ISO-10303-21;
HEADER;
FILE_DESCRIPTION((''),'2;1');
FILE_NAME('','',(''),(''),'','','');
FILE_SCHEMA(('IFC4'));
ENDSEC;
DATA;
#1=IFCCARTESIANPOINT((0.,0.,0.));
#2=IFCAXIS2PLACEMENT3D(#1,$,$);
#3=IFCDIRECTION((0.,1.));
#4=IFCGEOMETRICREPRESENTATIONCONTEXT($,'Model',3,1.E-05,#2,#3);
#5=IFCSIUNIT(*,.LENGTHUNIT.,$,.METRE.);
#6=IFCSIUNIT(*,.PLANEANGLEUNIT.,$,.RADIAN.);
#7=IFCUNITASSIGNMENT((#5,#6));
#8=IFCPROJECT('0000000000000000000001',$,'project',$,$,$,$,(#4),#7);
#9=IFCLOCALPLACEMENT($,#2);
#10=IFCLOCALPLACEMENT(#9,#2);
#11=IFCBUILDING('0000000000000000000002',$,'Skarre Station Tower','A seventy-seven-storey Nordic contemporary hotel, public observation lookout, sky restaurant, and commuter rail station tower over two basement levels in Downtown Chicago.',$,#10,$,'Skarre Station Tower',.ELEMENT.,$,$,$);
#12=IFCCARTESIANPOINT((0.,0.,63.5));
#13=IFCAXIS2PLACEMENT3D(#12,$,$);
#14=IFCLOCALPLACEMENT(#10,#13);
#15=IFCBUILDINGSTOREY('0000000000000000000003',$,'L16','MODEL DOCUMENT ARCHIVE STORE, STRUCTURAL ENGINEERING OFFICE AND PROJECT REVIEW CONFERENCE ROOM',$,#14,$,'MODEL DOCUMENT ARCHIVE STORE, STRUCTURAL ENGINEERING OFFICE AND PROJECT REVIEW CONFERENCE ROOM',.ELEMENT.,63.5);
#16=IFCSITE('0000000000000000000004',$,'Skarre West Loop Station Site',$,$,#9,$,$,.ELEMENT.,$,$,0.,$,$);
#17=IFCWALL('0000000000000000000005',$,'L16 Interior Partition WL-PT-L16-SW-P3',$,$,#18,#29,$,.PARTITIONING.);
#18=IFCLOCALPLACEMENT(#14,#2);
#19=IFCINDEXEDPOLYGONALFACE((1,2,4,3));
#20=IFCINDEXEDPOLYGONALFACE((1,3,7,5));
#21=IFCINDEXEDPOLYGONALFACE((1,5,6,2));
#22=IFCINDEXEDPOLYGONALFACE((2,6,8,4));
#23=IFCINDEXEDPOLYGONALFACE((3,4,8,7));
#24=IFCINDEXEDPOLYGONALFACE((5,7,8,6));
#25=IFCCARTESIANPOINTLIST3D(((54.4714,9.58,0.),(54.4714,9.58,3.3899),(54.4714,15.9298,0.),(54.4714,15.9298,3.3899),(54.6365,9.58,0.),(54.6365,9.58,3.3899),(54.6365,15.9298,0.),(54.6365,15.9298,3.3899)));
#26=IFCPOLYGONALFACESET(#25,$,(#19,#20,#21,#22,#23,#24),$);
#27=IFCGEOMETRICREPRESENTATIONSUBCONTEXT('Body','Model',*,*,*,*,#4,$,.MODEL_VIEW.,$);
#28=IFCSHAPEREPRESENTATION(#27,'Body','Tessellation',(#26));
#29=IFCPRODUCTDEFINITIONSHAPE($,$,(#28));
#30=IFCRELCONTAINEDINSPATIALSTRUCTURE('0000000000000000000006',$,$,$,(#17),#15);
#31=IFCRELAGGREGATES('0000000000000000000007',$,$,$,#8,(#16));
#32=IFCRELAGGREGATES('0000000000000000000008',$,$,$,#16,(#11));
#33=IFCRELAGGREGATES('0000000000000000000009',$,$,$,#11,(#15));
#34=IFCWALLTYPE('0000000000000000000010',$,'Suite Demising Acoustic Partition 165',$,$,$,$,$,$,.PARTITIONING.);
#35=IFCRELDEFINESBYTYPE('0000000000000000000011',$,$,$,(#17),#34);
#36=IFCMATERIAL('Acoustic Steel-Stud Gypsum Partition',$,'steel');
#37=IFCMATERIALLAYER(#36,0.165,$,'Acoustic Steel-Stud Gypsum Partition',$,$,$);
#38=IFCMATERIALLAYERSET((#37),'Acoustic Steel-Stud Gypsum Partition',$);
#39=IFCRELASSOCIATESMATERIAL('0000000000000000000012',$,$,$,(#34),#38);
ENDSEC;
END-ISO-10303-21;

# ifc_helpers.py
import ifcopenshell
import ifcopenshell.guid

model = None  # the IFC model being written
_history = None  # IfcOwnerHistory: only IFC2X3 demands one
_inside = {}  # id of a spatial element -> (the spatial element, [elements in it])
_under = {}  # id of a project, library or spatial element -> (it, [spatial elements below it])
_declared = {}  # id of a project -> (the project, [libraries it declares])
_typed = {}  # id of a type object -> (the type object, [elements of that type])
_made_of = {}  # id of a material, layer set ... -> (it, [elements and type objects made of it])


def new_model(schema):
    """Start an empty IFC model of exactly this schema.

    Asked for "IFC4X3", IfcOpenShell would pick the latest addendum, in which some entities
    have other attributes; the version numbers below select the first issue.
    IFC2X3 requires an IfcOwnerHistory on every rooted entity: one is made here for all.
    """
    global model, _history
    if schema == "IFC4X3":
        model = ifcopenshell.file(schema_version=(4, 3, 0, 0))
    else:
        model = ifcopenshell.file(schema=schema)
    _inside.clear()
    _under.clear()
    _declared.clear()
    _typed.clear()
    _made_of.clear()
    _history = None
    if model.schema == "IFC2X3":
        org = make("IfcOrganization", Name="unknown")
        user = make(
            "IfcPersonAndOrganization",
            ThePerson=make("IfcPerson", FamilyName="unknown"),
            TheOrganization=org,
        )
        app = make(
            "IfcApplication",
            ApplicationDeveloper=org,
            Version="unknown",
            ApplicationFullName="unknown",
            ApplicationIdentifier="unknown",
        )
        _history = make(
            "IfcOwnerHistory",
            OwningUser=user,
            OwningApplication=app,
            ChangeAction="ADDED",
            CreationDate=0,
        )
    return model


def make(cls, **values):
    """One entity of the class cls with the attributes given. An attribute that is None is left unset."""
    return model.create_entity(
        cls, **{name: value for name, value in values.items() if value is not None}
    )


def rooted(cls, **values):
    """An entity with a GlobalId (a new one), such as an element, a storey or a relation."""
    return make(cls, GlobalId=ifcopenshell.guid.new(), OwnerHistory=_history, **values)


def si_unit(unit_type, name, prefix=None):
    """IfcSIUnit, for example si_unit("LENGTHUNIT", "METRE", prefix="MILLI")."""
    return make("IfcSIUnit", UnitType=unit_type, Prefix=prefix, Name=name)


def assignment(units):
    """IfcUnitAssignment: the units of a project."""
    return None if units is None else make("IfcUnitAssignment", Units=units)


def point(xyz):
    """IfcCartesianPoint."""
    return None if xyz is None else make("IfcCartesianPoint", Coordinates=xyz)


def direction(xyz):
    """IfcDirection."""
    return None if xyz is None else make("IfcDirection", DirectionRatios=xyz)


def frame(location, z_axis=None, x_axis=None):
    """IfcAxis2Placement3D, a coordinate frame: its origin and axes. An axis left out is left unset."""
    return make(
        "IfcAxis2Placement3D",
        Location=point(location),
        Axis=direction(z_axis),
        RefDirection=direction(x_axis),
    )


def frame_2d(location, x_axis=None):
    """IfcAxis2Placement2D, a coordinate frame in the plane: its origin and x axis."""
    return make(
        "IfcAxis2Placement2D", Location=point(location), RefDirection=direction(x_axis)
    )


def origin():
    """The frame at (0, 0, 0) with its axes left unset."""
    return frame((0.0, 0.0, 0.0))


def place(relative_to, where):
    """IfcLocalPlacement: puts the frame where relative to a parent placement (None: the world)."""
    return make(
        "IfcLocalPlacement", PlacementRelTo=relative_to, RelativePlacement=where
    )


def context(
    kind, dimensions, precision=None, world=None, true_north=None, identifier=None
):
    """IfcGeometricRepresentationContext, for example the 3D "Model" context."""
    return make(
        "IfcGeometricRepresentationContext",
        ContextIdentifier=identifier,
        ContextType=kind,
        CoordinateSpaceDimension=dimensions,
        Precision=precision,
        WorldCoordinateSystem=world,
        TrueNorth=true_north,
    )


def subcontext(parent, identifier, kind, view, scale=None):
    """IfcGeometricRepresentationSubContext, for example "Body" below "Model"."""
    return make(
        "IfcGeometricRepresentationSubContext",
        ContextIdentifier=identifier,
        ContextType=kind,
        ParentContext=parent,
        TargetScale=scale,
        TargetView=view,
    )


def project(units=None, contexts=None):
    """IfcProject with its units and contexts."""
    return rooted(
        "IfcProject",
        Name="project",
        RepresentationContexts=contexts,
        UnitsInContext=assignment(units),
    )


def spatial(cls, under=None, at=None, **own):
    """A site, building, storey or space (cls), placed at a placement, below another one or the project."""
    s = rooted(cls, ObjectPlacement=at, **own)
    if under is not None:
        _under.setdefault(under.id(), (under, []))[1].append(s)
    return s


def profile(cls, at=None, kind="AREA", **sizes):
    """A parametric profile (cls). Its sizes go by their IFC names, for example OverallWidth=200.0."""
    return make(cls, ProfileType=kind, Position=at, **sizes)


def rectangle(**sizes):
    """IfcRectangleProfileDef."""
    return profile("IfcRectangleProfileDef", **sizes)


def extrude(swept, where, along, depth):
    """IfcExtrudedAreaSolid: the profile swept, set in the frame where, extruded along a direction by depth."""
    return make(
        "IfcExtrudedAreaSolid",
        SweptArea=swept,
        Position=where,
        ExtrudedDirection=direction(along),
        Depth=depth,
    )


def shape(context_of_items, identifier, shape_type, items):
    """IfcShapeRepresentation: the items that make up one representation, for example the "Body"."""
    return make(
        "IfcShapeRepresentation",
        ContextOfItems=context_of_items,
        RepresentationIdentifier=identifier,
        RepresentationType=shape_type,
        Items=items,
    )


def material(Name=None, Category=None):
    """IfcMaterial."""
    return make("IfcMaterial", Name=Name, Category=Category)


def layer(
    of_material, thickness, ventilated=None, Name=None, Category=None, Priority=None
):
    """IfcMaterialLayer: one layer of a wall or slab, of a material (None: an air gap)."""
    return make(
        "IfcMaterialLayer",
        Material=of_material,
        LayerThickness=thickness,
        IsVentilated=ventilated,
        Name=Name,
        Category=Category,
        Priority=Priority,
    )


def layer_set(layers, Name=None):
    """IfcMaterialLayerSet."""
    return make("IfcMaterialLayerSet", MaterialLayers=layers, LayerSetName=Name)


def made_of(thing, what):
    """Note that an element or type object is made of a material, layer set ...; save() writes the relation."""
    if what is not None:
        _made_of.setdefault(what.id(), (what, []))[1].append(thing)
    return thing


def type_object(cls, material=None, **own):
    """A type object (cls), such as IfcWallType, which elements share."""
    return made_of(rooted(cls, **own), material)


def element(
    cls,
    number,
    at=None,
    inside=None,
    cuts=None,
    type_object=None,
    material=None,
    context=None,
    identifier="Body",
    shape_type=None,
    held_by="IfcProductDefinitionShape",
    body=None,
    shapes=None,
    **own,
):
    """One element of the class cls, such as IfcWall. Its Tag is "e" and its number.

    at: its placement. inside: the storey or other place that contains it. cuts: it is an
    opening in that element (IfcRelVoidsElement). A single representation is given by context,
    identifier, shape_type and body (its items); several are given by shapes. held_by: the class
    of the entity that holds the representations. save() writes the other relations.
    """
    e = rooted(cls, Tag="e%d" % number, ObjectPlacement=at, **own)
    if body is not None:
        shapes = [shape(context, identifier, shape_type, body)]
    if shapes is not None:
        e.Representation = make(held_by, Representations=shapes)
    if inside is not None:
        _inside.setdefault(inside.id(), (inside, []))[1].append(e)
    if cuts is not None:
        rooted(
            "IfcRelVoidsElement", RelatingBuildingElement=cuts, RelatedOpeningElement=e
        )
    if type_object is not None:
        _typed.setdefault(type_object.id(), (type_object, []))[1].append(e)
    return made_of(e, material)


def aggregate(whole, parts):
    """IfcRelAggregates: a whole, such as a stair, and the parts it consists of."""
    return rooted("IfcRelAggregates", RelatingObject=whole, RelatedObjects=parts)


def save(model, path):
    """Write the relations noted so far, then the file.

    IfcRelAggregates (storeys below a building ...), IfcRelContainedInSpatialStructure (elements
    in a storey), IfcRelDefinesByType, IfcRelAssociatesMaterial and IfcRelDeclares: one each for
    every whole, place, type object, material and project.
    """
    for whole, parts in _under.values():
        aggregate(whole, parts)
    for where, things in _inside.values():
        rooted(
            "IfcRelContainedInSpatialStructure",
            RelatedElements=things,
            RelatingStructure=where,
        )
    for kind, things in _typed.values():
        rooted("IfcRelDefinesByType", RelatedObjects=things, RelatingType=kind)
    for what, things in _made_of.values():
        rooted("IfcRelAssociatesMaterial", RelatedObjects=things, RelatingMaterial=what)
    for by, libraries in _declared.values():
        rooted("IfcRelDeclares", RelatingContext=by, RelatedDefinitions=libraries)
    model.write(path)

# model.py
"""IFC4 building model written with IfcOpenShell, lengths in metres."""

from ifc_helpers import new_model, si_unit, direction, frame, frame_2d, origin, place, context, subcontext, project, spatial, rectangle, extrude, material, layer, layer_set, type_object, element, save


model = new_model("IFC4")

# Units and contexts
model_context = context("Model", 3, precision=1e-05, world=origin(), true_north=direction((0.0, 1.0)))
body_context = subcontext(model_context, "Body", "Model", "MODEL_VIEW")
ifc_project = project(units=[si_unit("LENGTHUNIT", "METRE"), si_unit("PLANEANGLEUNIT", "RADIAN")], contexts=[model_context])

# Site, building, storey
site_placement = place(None, origin())
site = spatial("IfcSite", under=ifc_project, at=site_placement, Name="Skarre West Loop Station Site", CompositionType="ELEMENT", RefElevation=0.0)
building_placement = place(site_placement, origin())
building = spatial("IfcBuilding", under=site, at=building_placement, Name="Skarre Station Tower", Description="A seventy-seven-storey Nordic contemporary hotel, public observation lookout, sky restaurant, and commuter rail station tower over two basement levels in Downtown Chicago.", LongName="Skarre Station Tower", CompositionType="ELEMENT")
storey_placement = place(building_placement, frame((0.0, 0.0, 63.5)))
storey = spatial("IfcBuildingStorey", under=building, at=storey_placement, Name="L16", Description="MODEL DOCUMENT ARCHIVE STORE, STRUCTURAL ENGINEERING OFFICE AND PROJECT REVIEW CONFERENCE ROOM", LongName="MODEL DOCUMENT ARCHIVE STORE, STRUCTURAL ENGINEERING OFFICE AND PROJECT REVIEW CONFERENCE ROOM", CompositionType="ELEMENT", Elevation=63.5)

# Wall
ifc_material_1 = material(Name="Acoustic Steel-Stud Gypsum Partition", Category="steel")
ifc_layer_1 = layer(ifc_material_1, 0.165, Name="Acoustic Steel-Stud Gypsum Partition")
ifc_layer_set_1 = layer_set([ifc_layer_1], Name="Acoustic Steel-Stud Gypsum Partition")
wall_type_1 = type_object("IfcWallType", Name="Suite Demising Acoustic Partition 165", PredefinedType="PARTITIONING", material=ifc_layer_set_1)
wall_1_placement = place(storey_placement, frame((54.554, 9.5801, 0.0), z_axis=(0.0, 0.0, 1.0), x_axis=(0.0, 1.0, 0.0)))
element("IfcWall", 1, at=wall_1_placement, inside=storey, type_object=wall_type_1, Name="L16 Interior Partition WL-PT-L16-SW-P3", PredefinedType="PARTITIONING", context=body_context, shape_type="SweptSolid", body=[
    extrude(rectangle(XDim=6.3499, YDim=0.165, at=frame_2d((3.1748, 0.0))), origin(), (0.0, 0.0, 1.0), 3.3899),
])

save(model, "model.ifc")
